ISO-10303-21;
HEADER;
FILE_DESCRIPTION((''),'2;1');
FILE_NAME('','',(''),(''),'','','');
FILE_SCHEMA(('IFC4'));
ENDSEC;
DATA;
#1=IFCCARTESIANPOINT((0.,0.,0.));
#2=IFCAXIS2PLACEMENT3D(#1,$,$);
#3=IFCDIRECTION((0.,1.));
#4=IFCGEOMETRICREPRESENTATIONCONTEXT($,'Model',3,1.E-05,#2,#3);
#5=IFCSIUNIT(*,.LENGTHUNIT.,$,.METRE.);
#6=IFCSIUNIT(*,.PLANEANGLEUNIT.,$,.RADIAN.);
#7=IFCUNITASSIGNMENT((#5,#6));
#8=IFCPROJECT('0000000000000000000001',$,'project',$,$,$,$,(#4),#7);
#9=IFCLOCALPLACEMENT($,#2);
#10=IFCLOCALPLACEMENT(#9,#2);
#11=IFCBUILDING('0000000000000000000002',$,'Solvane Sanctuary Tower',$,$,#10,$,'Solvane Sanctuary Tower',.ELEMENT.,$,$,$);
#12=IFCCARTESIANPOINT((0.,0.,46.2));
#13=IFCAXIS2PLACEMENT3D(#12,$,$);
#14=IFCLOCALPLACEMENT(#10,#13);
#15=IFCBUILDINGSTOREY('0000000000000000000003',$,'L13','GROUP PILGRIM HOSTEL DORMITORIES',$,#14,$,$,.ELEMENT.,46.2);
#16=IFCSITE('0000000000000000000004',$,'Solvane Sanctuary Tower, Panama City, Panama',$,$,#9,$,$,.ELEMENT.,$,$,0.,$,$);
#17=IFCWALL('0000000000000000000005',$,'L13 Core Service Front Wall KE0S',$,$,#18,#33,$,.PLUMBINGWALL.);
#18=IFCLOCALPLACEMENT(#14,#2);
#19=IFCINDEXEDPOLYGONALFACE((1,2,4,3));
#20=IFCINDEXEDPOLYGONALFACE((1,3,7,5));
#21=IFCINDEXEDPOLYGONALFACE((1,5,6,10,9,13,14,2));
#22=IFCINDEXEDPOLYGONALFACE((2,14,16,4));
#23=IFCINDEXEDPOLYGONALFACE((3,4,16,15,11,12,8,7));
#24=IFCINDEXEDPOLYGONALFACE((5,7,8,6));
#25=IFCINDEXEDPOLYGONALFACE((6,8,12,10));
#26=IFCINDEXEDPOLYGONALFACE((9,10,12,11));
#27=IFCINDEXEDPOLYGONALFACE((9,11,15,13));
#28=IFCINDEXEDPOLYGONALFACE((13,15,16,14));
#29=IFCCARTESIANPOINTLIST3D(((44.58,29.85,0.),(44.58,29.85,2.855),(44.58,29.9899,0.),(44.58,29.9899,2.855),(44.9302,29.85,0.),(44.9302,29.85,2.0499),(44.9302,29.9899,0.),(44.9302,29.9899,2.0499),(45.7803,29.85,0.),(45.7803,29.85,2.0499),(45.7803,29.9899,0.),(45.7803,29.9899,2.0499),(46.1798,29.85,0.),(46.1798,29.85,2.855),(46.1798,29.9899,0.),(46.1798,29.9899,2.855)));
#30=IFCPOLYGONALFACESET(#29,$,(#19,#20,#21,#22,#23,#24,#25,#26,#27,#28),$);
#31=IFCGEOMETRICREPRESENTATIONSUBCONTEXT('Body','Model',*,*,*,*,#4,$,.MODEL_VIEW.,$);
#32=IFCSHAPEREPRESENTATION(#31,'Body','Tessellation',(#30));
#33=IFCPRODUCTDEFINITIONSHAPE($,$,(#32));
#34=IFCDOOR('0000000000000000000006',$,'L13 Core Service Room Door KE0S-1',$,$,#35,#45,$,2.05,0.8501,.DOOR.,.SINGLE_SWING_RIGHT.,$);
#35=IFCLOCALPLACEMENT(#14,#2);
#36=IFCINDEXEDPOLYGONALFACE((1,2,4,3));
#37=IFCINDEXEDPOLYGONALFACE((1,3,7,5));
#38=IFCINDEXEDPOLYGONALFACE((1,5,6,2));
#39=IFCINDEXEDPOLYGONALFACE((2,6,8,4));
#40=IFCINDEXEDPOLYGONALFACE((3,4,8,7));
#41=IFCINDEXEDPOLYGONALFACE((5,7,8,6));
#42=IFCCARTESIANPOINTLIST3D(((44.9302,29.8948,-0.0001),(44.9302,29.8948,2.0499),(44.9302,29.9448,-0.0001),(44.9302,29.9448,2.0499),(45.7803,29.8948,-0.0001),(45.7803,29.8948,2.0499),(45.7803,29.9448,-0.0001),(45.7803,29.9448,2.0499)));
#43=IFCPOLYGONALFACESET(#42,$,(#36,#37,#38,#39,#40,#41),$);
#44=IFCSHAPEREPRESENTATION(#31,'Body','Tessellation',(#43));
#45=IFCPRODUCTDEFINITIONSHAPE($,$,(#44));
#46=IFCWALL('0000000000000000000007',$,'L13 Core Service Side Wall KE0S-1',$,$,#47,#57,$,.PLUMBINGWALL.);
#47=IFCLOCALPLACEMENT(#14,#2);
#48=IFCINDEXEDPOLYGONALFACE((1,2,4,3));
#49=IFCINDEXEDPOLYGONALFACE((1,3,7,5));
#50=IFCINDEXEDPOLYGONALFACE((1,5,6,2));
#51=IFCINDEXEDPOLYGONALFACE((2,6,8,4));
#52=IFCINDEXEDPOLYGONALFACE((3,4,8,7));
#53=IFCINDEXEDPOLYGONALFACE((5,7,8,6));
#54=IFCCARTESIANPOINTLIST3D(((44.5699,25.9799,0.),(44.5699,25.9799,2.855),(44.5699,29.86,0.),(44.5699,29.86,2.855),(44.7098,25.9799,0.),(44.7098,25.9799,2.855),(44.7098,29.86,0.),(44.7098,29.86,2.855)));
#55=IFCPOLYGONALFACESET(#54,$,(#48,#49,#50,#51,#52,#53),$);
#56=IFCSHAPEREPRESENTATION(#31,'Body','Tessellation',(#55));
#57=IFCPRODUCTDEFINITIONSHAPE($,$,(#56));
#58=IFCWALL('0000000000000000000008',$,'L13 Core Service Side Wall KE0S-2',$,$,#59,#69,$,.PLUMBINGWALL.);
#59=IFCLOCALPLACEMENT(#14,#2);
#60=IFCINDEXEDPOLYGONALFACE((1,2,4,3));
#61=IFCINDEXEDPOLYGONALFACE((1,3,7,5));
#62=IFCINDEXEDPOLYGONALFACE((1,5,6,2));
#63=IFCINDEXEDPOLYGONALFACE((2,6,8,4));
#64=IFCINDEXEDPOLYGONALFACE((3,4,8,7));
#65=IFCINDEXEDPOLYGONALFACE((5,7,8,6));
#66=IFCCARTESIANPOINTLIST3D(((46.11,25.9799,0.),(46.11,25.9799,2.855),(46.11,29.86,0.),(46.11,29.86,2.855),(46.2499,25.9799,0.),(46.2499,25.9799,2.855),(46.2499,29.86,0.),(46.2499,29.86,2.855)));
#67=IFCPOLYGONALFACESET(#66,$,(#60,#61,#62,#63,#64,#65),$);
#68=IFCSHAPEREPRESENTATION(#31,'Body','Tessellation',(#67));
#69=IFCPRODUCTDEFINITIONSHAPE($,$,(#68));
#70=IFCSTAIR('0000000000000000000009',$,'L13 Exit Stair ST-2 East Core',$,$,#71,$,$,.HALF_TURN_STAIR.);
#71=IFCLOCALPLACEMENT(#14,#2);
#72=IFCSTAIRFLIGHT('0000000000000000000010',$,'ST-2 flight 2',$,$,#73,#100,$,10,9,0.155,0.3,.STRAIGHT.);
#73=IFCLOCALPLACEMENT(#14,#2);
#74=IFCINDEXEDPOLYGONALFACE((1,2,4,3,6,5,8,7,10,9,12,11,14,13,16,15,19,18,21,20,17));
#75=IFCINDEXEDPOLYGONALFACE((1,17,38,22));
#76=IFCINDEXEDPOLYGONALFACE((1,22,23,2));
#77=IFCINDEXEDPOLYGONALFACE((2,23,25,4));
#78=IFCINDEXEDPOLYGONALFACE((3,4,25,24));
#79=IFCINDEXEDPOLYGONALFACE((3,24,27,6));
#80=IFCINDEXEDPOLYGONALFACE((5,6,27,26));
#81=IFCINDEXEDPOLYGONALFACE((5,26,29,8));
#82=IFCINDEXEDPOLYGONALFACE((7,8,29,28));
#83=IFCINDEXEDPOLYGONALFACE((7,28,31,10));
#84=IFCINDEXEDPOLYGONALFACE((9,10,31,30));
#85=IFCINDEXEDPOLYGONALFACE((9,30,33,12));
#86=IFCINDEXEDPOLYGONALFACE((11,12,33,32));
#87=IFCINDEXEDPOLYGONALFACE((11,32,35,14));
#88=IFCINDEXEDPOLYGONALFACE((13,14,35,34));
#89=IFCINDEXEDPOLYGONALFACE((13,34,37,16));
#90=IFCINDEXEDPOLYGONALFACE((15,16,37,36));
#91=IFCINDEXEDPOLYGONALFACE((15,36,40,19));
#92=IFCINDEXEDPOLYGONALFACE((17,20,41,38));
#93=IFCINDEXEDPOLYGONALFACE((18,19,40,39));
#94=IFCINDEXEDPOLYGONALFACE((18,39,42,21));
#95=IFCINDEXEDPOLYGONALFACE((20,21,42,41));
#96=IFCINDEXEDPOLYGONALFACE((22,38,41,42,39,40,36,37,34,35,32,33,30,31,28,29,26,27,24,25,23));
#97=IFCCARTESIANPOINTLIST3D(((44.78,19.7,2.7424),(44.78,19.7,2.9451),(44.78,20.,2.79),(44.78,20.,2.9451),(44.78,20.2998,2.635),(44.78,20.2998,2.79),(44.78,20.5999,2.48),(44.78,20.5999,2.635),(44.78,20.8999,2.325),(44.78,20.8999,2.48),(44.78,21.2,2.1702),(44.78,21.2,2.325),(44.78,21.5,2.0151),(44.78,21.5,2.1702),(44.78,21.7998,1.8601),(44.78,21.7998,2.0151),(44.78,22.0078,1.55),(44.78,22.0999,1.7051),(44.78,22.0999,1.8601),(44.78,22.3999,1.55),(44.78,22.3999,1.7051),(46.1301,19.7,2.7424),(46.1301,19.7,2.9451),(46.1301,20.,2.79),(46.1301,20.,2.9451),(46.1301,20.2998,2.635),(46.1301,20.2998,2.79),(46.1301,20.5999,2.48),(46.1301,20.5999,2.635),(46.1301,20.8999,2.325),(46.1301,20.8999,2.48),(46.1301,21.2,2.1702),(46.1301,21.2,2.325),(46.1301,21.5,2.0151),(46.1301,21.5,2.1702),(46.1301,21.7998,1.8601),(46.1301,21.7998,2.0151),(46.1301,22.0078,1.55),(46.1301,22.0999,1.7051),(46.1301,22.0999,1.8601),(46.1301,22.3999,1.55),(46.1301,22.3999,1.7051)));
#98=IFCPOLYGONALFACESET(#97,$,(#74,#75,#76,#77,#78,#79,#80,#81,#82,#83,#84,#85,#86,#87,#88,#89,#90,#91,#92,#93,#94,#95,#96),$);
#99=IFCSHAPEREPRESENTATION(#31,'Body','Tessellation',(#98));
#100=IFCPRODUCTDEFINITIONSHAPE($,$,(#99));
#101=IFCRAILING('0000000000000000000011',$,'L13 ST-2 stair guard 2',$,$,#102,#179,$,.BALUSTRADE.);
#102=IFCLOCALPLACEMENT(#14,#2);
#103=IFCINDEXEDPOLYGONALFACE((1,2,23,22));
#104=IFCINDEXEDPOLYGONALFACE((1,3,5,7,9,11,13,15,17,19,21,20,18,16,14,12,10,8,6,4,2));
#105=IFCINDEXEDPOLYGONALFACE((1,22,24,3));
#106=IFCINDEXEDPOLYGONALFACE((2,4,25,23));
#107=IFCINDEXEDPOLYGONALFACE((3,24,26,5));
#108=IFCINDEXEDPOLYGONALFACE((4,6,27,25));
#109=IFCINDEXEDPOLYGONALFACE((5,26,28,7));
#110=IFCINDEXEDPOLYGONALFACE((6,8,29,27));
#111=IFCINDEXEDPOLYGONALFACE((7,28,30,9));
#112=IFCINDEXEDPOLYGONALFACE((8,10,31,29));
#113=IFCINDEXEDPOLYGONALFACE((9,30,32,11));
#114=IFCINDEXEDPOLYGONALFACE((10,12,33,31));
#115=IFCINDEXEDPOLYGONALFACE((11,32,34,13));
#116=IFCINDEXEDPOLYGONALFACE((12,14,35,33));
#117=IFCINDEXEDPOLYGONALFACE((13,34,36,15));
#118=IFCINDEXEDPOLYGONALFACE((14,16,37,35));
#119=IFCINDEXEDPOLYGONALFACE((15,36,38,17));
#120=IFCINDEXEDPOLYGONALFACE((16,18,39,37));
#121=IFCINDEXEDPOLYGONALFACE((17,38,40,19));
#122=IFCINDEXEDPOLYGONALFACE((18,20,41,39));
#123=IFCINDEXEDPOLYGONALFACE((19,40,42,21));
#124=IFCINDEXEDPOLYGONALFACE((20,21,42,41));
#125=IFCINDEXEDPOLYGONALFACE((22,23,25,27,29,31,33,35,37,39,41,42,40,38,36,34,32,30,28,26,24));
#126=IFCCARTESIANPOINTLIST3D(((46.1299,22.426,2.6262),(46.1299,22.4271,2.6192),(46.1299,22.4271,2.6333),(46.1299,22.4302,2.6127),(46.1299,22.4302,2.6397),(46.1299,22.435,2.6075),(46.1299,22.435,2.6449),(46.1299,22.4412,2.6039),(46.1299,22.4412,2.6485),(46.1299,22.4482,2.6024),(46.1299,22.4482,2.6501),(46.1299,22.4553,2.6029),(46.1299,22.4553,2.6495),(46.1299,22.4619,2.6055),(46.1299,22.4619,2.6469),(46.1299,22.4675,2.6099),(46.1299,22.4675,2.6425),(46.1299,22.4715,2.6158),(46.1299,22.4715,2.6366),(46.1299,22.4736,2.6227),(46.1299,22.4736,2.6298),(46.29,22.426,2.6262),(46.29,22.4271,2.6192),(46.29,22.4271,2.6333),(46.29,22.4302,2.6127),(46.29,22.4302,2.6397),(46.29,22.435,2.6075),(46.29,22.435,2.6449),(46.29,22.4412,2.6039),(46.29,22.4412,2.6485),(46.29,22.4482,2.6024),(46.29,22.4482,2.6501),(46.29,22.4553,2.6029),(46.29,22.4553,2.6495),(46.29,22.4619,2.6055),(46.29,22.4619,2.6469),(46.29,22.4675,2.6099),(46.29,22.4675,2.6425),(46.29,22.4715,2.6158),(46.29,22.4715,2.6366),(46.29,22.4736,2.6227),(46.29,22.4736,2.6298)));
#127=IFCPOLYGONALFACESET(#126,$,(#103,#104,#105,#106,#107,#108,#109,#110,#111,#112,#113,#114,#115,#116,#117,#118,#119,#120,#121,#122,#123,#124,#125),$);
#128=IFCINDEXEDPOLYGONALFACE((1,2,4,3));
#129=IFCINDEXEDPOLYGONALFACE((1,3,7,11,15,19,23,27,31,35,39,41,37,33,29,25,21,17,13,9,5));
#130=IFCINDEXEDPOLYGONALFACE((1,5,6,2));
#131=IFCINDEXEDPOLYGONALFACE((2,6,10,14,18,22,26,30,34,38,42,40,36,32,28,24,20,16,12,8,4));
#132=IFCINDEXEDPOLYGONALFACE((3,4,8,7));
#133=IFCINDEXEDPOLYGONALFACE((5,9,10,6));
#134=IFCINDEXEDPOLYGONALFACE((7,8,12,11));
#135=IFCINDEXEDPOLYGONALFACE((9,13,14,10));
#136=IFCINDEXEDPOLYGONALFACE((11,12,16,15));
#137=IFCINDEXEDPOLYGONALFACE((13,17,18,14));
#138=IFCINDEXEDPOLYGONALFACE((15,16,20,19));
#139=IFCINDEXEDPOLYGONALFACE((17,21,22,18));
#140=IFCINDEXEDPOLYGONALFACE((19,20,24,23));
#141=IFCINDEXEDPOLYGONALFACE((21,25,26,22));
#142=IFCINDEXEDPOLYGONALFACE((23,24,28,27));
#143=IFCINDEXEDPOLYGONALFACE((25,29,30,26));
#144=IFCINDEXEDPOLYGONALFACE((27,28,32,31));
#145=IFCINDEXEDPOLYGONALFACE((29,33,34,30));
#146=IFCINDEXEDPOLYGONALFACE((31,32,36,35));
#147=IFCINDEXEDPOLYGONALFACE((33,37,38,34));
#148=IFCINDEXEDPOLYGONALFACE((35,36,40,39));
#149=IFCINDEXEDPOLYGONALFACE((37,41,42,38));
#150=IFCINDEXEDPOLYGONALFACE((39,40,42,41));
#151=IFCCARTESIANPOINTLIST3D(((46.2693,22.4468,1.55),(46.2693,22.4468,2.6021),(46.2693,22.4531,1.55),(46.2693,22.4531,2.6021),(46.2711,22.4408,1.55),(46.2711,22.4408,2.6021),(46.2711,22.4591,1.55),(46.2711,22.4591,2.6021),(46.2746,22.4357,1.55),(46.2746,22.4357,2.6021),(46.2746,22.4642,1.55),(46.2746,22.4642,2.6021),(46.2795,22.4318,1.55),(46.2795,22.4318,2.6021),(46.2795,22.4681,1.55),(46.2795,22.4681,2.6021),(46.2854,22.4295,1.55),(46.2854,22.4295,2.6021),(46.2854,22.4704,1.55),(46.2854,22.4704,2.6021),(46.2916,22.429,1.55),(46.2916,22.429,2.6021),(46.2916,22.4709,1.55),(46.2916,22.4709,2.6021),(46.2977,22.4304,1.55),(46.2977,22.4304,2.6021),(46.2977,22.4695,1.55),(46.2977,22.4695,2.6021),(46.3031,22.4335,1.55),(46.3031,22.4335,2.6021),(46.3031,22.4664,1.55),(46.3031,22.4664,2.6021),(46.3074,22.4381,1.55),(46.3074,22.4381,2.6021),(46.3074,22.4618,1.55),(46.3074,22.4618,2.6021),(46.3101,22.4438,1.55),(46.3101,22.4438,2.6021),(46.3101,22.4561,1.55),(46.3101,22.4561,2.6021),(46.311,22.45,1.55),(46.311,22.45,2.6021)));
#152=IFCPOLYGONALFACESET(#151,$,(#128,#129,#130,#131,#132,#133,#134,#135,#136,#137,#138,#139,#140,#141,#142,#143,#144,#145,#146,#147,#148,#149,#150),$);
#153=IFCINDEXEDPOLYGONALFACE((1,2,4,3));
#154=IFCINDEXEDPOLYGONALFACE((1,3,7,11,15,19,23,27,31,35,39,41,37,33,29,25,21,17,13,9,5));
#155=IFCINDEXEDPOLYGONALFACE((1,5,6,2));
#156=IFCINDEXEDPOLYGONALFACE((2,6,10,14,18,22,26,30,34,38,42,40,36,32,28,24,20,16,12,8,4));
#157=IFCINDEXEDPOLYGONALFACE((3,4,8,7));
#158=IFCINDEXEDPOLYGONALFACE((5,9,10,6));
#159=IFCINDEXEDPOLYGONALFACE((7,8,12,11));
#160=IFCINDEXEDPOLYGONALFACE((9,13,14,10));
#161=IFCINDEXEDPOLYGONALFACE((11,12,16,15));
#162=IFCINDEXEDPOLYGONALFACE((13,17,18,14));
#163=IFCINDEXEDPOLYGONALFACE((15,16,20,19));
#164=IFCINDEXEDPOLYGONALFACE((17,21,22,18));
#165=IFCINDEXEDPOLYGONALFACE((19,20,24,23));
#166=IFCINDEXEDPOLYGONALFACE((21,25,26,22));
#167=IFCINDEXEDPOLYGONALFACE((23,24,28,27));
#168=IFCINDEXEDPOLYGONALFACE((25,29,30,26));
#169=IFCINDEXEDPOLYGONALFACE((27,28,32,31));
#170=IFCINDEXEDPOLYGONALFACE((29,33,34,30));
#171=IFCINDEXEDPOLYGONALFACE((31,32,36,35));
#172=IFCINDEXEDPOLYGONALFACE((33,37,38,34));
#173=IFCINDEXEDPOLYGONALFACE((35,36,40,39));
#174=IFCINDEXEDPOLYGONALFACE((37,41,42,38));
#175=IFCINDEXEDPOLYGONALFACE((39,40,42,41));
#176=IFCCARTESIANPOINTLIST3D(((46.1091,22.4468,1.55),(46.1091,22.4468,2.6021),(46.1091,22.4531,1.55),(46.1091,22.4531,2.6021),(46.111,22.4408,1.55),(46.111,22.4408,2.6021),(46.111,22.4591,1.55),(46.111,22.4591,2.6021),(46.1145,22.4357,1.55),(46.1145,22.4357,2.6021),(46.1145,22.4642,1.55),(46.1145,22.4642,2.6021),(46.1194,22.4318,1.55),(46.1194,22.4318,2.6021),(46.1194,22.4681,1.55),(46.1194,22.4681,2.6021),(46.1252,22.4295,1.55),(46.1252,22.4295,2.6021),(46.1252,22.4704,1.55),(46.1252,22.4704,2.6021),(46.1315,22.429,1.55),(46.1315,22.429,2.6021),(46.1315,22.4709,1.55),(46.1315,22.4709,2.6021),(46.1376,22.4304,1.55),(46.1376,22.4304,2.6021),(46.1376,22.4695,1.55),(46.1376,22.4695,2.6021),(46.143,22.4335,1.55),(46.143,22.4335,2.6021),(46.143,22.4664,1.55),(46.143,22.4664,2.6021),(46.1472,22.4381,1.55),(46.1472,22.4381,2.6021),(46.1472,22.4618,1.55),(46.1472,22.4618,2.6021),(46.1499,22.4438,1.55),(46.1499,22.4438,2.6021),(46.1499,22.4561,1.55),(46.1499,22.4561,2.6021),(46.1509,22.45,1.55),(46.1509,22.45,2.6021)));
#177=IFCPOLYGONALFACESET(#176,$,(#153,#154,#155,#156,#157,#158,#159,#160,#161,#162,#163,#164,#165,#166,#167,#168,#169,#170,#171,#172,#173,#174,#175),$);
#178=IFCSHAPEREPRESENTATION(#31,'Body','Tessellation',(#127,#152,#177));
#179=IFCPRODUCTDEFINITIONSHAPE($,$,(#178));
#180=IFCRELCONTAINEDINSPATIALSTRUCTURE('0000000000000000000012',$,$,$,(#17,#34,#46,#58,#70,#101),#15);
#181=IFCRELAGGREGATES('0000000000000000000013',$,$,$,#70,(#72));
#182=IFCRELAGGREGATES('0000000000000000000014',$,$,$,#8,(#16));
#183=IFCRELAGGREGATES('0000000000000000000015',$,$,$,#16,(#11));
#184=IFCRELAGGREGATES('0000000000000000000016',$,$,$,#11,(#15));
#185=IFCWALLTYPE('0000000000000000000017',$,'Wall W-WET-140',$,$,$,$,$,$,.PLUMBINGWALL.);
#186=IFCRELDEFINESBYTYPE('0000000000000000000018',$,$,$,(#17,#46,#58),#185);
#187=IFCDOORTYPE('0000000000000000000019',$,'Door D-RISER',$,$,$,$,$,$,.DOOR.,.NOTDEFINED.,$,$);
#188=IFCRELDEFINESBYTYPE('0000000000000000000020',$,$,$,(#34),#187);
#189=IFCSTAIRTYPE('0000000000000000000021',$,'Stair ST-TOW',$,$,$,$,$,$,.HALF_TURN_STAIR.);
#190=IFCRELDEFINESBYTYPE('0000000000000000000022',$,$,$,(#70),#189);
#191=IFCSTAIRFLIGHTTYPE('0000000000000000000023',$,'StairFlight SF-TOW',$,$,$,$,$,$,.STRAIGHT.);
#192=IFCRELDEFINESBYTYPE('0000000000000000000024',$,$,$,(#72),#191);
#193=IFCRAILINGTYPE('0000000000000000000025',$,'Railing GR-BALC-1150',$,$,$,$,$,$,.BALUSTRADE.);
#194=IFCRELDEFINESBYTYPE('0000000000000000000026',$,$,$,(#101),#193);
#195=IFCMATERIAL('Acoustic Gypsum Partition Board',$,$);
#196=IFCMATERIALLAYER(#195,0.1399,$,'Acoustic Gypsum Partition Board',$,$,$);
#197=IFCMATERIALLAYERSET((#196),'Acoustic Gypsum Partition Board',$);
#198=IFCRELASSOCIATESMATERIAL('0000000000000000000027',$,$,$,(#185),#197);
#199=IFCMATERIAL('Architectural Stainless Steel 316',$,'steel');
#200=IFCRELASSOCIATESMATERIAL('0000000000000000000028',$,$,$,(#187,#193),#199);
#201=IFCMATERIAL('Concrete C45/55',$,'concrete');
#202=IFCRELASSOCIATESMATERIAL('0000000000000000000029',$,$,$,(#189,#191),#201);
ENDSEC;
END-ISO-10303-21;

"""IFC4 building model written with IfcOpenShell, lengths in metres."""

from ifc_helpers import new_model, si_unit, direction, frame, frame_2d, origin, origin_2d, place, context, subcontext, project, spatial, polyline, rectangle, circle, outline, extrude, material, layer, layer_set, type_object, element, fill, aggregate, save


model = new_model("IFC4")

# Units and contexts
model_context = context("Model", 3, precision=1e-05, world=origin(), true_north=direction((0.0, 1.0)))
body_context = subcontext(model_context, "Body", "Model", "MODEL_VIEW")
ifc_project = project(units=[si_unit("LENGTHUNIT", "METRE"), si_unit("PLANEANGLEUNIT", "RADIAN")], contexts=[model_context])

# Site, building, storey
site_placement = place(None, origin())
site = spatial("IfcSite", under=ifc_project, at=site_placement, Name="Solvane Sanctuary Tower, Panama City, Panama", CompositionType="ELEMENT", RefElevation=0.0)
building_placement = place(site_placement, origin())
building = spatial("IfcBuilding", under=site, at=building_placement, Name="Solvane Sanctuary Tower", LongName="Solvane Sanctuary Tower", CompositionType="ELEMENT")
storey_placement = place(building_placement, frame((0.0, 0.0, 46.2)))
storey = spatial("IfcBuildingStorey", under=building, at=storey_placement, Name="L13", Description="GROUP PILGRIM HOSTEL DORMITORIES", CompositionType="ELEMENT", Elevation=46.2)

# Shared definitions
ifc_material_1 = material(Name="Acoustic Gypsum Partition Board")

# Shared definitions
ifc_material_2 = material(Name="Architectural Stainless Steel 316", Category="steel")

# Wall, opening, door
ifc_layer_1 = layer(ifc_material_1, 0.1399, Name="Acoustic Gypsum Partition Board")
ifc_layer_set_1 = layer_set([ifc_layer_1], Name="Acoustic Gypsum Partition Board")
wall_type_1 = type_object("IfcWallType", Name="Wall W-WET-140", PredefinedType="PLUMBINGWALL", material=ifc_layer_set_1)
wall_1_placement = place(storey_placement, frame((44.5801, 29.9199, 0.0), z_axis=(0.0, 0.0, 1.0), x_axis=(1.0, 0.0, 0.0)))
wall_1 = element("IfcWall", 1, at=wall_1_placement, inside=storey, type_object=wall_type_1, Name="L13 Core Service Front Wall KE0S", PredefinedType="PLUMBINGWALL", context=body_context, shape_type="SweptSolid", body=[
    extrude(rectangle(XDim=1.5999, YDim=0.1399, at=frame_2d((0.7998, 0.0))), origin(), (0.0, 0.0, 1.0), 2.855),
])
opening_1_placement = place(wall_1_placement, frame((0.3501, 0.0, 0.0)))
opening_1 = element("IfcOpeningElement", 2, at=opening_1_placement, cuts=wall_1, PredefinedType="OPENING", context=body_context, shape_type="SweptSolid", body=[
    extrude(rectangle(XDim=0.8501, YDim=2.05, at=frame_2d((0.425, 1.0249))), frame((0.0, 0.0798, 0.0), z_axis=(0.0, -1.0, 0.0), x_axis=(1.0, 0.0, 0.0)), (0.0, 0.0, 1.0), 0.1599),
])
door_type_1 = type_object("IfcDoorType", Name="Door D-RISER", OperationType="NOTDEFINED", PredefinedType="DOOR", material=ifc_material_2)
door_1_placement = place(opening_1_placement, origin())
door_1 = element("IfcDoor", 3, at=door_1_placement, inside=storey, type_object=door_type_1, Name="L13 Core Service Room Door KE0S-1", OperationType="SINGLE_SWING_RIGHT", OverallHeight=2.05, OverallWidth=0.8501, PredefinedType="DOOR", context=body_context, shape_type="SweptSolid", body=[
    extrude(rectangle(XDim=0.8501, YDim=2.05, at=frame_2d((0.425, 1.0249))), frame((0.0, 0.0249, 0.0), z_axis=(0.0, -1.0, 0.0), x_axis=(1.0, 0.0, 0.0)), (0.0, 0.0, 1.0), 0.05),
])
fill(opening_1, door_1)

# Walls
for number, where, z_axis, x_axis, name in (
    (4, (44.6399, 25.98, 0.0), (0.0, 0.0, 1.0), (0.0, 1.0, 0.0), "L13 Core Service Side Wall KE0S-1"),
    (5, (46.1799, 25.98, 0.0), (0.0, 0.0, 1.0), (0.0, 1.0, 0.0), "L13 Core Service Side Wall KE0S-2"),
):
    element("IfcWall", number, at=place(storey_placement, frame(where, z_axis=z_axis, x_axis=x_axis)), inside=storey, type_object=wall_type_1, Name=name, PredefinedType="PLUMBINGWALL", context=body_context, shape_type="SweptSolid", body=[
        extrude(rectangle(XDim=3.8801, YDim=0.1399, at=frame_2d((1.9399, 0.0))), origin(), (0.0, 0.0, 1.0), 2.855),
    ])

# Stair, stair flight
ifc_material_3 = material(Name="Concrete C45/55", Category="concrete")
stair_type = type_object("IfcStairType", Name="Stair ST-TOW", PredefinedType="HALF_TURN_STAIR", material=ifc_material_3)
stair_placement = place(storey_placement, origin())
stair = element("IfcStair", 6, at=stair_placement, inside=storey, type_object=stair_type, Name="L13 Exit Stair ST-2 East Core", PredefinedType="HALF_TURN_STAIR")
stair_flight_type = type_object("IfcStairFlightType", Name="StairFlight SF-TOW", PredefinedType="STRAIGHT", material=ifc_material_3)
stair_flight_placement = place(storey_placement, frame((45.4551, 22.3999, 1.55), z_axis=(0.0, 0.0, 1.0), x_axis=(0.0, -1.0, 0.0)))
stair_flight = element("IfcStairFlight", 7, at=stair_flight_placement, type_object=stair_flight_type, Name="ST-2 flight 2", NumberOfRisers=10, NumberOfTreads=9, PredefinedType="STRAIGHT", RiserHeight=0.155, TreadLength=0.3, context=body_context, shape_type="SweptSolid", body=[
    extrude(outline(polyline([(0.0, 0.0), (0.0, 0.155), (0.3, 0.155), (0.3, 0.3101), (0.6001, 0.3101), (0.6001, 0.4651), (0.8999, 0.4651), (0.8999, 0.6201), (1.2, 0.6201), (1.2, 0.7749), (1.5, 0.7749), (1.5, 0.9299), (1.8, 0.9299), (1.8, 1.085), (2.1001, 1.085), (2.1001, 1.24), (2.3999, 1.24), (2.3999, 1.395), (2.7, 1.395), (2.7, 1.55), (2.7, 1.1924), (0.3921, 0.0), (0.0, 0.0)])), frame((0.0, 0.675, 0.0), z_axis=(0.0, -1.0, 0.0), x_axis=(1.0, 0.0, 0.0)), (0.0, 0.0, 1.0), 1.3501),
])
aggregate(stair, [stair_flight])

# Railing
railing_type_1 = type_object("IfcRailingType", Name="Railing GR-BALC-1150", PredefinedType="BALUSTRADE", material=ifc_material_2)
railing_1_placement = place(storey_placement, frame((46.29, 22.45, 1.55)))
element("IfcRailing", 8, at=railing_1_placement, inside=storey, type_object=railing_type_1, Name="L13 ST-2 stair guard 2", PredefinedType="BALUSTRADE", context=body_context, shape_type="SweptSolid", body=[
    extrude(circle(Radius=0.0239, at=origin_2d()), frame((0.0, 0.0, 1.0762), z_axis=(-1.0, 0.0, 0.0), x_axis=(0.0, -1.0, 0.0)), (0.0, 0.0, 1.0), 0.1602),
    extrude(circle(Radius=0.021, at=origin_2d()), origin(), (0.0, 0.0, 1.0), 1.052),
    extrude(circle(Radius=0.021, at=origin_2d()), frame((-0.1602, 0.0, 0.0)), (0.0, 0.0, 1.0), 1.052),
])

save(model, "model.ifc")
